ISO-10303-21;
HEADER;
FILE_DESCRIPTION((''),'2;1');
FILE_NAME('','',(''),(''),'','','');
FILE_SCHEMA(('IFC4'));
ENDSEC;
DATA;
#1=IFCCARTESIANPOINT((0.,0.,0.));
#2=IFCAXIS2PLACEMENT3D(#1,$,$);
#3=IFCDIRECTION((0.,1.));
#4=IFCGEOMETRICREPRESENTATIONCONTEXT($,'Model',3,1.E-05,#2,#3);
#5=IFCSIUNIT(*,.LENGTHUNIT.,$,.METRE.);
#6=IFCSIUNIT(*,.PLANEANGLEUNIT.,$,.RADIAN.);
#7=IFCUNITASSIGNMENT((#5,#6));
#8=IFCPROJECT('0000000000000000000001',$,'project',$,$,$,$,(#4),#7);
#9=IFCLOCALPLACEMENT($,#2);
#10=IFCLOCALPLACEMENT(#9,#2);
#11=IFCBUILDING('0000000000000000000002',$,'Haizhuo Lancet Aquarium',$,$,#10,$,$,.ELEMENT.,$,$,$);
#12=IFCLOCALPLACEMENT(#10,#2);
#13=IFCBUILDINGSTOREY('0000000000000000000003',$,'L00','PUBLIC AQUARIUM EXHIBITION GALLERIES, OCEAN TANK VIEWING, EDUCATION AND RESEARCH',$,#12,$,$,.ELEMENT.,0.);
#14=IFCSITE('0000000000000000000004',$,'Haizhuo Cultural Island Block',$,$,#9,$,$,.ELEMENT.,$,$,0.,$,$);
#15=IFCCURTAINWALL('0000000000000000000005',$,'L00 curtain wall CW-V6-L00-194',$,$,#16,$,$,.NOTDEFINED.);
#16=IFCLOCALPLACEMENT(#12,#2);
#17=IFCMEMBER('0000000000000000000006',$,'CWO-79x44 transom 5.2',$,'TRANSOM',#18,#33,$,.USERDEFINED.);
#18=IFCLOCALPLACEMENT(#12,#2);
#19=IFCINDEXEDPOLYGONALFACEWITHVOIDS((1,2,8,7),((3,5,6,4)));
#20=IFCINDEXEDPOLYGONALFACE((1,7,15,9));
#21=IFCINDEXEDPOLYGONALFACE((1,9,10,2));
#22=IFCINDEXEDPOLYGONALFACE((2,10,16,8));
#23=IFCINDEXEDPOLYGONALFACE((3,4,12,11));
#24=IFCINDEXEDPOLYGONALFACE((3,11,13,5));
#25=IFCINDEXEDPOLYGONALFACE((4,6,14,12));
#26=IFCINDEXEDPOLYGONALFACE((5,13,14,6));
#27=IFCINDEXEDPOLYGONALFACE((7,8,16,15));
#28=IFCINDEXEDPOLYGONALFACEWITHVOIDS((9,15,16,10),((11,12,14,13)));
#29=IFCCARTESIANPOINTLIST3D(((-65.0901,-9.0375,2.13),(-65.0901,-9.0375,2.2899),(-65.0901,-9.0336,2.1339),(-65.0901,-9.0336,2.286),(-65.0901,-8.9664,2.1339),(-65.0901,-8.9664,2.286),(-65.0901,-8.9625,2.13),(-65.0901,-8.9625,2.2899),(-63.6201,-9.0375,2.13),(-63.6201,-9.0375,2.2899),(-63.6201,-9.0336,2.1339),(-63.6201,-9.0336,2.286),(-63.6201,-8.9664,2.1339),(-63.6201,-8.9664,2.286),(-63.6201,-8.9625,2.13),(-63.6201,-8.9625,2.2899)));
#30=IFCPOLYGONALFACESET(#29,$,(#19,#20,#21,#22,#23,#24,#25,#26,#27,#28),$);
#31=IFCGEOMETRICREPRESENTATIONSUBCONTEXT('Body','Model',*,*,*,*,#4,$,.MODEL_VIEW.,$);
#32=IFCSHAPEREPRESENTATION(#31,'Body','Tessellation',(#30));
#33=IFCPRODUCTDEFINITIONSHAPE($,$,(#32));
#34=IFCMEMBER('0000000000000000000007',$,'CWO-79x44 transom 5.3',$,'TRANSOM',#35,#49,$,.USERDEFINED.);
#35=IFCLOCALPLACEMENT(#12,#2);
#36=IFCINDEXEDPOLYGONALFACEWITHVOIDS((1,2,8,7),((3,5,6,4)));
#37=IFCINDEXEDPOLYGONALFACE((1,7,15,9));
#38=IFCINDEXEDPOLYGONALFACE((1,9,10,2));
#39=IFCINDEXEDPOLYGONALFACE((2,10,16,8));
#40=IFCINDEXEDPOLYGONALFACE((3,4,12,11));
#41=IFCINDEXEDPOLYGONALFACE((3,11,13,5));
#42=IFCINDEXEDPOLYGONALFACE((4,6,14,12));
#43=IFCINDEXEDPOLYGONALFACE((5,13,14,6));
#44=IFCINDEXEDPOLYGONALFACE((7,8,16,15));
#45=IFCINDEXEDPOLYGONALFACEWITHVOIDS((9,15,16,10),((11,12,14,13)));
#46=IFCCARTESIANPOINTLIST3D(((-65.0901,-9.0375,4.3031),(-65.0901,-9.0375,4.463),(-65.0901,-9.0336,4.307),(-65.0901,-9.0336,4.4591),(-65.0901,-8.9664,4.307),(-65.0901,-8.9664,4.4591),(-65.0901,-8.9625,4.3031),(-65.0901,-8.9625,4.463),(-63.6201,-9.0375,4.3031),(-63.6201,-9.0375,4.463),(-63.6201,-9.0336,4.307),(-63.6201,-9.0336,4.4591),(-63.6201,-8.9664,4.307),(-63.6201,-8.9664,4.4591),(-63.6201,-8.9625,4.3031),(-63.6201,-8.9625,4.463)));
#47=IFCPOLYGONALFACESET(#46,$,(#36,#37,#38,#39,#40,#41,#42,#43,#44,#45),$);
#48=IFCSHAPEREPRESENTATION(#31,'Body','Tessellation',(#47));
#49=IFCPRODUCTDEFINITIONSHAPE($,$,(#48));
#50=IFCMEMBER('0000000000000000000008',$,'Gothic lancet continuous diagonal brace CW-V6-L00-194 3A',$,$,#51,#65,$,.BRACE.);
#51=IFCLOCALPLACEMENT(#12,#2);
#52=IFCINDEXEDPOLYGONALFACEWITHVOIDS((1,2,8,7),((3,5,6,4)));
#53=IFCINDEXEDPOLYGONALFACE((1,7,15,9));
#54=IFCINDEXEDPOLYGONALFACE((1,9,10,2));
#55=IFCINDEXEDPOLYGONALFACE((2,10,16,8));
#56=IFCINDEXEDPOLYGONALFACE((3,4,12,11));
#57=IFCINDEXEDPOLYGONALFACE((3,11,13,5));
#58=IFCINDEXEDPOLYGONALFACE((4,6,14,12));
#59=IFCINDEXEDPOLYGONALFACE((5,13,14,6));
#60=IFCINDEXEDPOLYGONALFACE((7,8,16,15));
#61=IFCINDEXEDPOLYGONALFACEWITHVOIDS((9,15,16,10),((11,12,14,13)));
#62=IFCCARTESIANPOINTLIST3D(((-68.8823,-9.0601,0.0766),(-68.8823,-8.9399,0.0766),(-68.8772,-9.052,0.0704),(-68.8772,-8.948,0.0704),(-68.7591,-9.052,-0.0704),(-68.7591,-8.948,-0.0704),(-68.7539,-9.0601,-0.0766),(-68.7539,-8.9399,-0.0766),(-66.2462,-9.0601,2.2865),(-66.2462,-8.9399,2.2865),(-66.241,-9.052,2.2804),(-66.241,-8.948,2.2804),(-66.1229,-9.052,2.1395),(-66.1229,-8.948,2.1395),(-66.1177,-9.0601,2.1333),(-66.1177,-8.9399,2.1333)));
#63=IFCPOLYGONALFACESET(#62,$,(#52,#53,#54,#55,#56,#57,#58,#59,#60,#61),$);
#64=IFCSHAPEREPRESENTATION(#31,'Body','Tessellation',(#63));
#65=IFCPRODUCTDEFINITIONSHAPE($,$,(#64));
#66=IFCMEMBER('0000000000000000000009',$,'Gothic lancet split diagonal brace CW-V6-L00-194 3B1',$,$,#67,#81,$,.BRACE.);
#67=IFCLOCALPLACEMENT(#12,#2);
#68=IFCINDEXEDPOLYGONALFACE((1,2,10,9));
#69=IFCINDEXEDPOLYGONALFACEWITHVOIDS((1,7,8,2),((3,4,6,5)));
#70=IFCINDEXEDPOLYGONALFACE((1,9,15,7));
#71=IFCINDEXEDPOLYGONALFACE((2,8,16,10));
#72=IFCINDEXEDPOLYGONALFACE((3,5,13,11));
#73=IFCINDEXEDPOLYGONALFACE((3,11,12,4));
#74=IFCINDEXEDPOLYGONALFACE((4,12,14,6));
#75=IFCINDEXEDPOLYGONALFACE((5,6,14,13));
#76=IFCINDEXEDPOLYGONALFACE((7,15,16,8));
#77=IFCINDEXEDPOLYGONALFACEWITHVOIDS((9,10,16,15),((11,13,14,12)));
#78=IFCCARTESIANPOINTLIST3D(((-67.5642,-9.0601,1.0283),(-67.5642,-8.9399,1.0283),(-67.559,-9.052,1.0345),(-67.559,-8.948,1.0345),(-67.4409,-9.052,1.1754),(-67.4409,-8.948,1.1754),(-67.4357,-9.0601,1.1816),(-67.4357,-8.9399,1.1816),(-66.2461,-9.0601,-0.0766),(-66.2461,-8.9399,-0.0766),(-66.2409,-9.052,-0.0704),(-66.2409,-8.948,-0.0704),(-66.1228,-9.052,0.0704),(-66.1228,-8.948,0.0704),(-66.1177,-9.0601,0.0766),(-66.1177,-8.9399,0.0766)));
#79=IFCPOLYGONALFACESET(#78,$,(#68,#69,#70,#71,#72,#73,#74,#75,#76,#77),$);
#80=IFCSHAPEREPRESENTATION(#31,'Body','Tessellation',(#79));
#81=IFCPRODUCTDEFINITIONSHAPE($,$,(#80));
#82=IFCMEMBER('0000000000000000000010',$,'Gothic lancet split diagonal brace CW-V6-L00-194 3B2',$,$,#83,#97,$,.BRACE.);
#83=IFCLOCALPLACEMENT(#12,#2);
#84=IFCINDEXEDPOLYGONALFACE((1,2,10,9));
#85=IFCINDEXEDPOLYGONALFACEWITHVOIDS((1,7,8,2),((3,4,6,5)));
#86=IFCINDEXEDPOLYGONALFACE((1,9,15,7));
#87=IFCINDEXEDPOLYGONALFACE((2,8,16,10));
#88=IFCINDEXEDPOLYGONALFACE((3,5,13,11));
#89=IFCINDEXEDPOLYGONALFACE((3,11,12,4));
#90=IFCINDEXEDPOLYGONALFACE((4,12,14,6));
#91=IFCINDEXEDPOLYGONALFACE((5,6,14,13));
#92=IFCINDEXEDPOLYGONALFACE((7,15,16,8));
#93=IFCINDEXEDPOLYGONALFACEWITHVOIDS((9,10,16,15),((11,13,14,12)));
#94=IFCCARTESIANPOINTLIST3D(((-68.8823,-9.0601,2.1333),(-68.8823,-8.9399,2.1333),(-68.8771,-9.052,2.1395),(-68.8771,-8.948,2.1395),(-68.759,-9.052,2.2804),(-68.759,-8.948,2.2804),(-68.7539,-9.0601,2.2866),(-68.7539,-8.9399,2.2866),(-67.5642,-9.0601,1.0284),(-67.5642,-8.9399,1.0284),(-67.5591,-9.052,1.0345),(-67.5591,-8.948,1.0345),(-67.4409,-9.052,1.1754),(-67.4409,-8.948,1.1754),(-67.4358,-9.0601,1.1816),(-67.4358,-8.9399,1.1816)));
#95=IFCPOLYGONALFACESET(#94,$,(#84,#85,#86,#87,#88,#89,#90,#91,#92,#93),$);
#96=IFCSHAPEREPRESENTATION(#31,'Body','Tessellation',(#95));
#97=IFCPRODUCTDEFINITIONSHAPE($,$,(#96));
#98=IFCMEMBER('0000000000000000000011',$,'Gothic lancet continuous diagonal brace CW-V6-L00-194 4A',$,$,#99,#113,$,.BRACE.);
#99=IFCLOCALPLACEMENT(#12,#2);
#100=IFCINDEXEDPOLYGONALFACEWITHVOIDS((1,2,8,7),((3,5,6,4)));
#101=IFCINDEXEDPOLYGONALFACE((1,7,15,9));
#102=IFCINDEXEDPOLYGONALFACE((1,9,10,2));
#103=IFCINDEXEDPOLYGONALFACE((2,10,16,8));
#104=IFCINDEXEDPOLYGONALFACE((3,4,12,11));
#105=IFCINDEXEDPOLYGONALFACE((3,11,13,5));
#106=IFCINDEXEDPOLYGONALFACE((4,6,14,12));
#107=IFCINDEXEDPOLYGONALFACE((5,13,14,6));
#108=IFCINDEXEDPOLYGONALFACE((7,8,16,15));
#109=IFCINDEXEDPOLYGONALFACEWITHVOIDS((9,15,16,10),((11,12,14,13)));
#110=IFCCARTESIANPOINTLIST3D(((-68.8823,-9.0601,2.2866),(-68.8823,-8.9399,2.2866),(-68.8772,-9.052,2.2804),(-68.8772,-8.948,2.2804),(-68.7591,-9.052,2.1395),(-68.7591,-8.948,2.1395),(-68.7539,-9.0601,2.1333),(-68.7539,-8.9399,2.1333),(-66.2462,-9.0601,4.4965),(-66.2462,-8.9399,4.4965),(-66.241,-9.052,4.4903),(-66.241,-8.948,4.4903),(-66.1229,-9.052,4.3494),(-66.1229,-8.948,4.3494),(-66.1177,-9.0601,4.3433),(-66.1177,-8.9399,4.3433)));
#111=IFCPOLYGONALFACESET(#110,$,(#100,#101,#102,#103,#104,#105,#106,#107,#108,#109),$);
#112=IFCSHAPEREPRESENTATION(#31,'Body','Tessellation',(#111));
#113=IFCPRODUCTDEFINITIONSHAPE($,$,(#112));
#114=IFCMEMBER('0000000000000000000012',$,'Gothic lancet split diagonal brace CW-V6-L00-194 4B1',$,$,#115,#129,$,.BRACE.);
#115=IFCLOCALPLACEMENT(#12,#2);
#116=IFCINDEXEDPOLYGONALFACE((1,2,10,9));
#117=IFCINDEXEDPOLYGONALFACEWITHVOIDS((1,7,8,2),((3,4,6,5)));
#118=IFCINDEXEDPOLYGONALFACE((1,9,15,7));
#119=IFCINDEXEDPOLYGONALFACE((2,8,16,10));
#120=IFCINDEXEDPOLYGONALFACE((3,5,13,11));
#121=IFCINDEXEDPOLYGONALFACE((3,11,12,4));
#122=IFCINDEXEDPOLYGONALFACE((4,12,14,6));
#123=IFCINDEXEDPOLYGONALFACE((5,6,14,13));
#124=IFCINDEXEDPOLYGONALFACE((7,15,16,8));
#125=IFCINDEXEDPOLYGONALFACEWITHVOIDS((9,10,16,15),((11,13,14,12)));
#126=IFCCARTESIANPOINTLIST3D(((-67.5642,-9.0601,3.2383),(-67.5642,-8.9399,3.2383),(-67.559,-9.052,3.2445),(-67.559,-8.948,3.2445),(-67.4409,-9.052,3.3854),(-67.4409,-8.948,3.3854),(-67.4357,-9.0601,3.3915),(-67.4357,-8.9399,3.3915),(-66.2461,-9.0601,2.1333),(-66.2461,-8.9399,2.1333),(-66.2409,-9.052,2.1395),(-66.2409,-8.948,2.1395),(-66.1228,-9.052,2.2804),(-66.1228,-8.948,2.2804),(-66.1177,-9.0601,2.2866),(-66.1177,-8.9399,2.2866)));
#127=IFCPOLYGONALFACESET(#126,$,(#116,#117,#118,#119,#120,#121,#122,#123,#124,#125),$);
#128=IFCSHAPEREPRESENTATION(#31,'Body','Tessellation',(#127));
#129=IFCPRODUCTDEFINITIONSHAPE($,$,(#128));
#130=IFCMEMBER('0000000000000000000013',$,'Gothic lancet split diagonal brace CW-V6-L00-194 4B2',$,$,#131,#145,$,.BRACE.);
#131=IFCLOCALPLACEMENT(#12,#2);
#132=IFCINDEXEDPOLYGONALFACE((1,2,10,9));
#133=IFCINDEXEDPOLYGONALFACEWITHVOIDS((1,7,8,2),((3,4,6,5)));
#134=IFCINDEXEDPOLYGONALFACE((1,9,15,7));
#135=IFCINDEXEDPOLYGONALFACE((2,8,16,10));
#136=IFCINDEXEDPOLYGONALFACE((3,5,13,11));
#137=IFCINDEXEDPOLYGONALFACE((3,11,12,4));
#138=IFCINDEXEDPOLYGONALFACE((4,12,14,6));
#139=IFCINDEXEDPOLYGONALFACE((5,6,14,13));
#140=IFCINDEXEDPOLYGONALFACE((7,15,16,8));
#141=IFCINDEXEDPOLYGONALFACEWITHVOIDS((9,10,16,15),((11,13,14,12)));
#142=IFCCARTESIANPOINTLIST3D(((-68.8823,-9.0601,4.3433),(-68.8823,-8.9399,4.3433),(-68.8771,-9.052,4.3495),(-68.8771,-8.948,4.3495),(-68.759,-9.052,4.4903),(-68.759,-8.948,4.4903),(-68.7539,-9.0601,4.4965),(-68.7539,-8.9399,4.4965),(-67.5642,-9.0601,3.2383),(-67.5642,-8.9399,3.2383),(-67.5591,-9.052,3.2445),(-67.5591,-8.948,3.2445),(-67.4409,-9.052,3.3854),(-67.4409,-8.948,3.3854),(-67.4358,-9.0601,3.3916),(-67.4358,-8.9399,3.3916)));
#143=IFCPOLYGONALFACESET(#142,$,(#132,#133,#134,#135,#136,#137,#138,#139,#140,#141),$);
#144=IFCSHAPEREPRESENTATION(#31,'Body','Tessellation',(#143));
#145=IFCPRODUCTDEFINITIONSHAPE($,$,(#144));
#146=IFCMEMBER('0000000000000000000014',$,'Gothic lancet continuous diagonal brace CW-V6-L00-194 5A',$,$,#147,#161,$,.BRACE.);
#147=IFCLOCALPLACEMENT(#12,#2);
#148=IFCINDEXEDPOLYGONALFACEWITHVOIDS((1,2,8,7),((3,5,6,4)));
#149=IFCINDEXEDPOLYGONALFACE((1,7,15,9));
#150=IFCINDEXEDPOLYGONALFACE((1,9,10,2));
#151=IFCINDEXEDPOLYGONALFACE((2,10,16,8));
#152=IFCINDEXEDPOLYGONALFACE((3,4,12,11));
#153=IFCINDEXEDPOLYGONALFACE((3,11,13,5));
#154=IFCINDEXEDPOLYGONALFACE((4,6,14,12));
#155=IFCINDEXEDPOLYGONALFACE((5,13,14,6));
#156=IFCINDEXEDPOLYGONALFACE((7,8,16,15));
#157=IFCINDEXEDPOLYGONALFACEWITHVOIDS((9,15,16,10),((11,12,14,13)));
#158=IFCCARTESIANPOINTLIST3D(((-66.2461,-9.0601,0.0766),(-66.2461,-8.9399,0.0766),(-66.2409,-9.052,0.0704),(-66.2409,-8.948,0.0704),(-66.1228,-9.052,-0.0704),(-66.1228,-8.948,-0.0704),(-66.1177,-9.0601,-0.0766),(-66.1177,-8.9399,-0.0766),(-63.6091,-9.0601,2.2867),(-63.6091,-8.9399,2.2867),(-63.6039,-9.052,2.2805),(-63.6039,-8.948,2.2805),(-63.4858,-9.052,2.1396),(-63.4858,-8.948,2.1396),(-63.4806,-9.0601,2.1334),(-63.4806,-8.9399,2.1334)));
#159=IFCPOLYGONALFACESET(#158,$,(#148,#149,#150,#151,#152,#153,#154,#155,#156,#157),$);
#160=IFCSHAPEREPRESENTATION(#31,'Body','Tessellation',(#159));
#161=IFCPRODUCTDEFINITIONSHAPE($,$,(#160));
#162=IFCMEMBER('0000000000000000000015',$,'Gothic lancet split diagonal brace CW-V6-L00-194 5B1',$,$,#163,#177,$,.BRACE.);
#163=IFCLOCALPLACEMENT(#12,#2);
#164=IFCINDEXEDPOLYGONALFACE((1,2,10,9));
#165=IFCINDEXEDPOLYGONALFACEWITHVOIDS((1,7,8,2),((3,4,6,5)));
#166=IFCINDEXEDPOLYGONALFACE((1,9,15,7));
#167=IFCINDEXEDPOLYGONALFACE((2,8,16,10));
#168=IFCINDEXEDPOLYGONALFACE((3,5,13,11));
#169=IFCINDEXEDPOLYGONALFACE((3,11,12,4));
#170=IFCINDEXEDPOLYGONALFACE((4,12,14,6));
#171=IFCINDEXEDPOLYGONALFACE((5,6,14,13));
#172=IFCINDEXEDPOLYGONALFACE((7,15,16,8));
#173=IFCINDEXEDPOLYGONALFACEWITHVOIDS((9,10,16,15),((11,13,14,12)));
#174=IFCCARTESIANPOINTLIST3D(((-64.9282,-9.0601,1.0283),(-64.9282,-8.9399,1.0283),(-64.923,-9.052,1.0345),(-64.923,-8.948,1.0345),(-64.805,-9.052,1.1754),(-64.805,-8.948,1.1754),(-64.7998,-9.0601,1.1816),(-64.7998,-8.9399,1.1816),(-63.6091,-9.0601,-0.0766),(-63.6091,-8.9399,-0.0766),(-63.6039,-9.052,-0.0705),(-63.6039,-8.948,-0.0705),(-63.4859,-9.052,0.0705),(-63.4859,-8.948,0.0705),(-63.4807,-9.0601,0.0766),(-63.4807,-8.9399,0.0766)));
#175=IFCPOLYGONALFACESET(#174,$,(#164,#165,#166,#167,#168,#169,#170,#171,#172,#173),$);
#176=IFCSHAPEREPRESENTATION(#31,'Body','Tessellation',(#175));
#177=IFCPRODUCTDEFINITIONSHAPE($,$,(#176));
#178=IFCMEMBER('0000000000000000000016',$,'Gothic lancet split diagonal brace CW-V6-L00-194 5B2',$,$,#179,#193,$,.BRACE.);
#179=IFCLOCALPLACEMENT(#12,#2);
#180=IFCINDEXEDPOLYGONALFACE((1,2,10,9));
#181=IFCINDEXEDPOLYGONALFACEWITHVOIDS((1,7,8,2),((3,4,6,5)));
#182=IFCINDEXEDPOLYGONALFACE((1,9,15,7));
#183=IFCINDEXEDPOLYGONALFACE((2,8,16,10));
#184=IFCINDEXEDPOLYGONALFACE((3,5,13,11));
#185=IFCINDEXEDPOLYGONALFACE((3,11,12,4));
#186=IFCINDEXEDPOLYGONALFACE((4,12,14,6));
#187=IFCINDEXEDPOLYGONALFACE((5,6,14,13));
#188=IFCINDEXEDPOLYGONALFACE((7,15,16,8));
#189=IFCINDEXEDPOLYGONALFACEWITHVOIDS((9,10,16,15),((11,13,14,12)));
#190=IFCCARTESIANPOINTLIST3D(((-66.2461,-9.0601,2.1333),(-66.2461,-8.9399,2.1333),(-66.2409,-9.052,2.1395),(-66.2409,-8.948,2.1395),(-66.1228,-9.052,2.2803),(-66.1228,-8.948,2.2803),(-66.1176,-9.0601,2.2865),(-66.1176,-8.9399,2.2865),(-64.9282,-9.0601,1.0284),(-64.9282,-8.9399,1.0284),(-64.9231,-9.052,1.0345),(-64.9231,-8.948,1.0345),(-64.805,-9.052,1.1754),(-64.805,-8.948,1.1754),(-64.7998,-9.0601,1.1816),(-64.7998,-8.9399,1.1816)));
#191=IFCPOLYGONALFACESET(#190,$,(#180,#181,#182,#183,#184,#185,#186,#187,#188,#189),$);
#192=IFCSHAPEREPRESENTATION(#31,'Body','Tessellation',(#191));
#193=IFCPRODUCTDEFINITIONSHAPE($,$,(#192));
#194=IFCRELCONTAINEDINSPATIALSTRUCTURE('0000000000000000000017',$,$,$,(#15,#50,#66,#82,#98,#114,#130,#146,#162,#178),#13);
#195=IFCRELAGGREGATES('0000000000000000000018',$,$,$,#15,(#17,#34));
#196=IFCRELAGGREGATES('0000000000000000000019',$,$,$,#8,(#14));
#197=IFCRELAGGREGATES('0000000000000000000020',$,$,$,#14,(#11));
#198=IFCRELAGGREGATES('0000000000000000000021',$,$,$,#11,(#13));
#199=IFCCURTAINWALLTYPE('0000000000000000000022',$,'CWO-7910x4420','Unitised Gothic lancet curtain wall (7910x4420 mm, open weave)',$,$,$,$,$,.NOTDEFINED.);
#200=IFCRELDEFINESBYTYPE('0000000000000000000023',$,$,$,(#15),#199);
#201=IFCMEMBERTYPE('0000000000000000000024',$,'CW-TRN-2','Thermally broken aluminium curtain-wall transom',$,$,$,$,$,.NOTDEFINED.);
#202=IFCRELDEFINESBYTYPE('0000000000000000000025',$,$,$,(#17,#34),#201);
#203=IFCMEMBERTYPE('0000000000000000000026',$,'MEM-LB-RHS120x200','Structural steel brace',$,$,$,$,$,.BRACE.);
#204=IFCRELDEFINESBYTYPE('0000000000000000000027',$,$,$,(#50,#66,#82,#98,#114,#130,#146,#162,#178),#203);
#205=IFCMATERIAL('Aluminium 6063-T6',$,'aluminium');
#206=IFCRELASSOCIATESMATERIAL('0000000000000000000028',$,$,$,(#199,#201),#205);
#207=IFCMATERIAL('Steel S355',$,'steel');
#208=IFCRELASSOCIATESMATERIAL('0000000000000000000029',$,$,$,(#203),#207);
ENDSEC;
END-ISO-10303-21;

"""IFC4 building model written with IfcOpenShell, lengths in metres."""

from ifc_helpers import new_model, si_unit, direction, frame, origin, origin_2d, place, context, subcontext, project, spatial, hollow_rectangle, extrude, material, material_profile, profile_set, type_object, element, aggregate, save


model = new_model("IFC4")

# Units and contexts
model_context = context("Model", 3, precision=1e-05, world=origin(), true_north=direction((0.0, 1.0)))
body_context = subcontext(model_context, "Body", "Model", "MODEL_VIEW")
ifc_project = project(units=[si_unit("LENGTHUNIT", "METRE"), si_unit("PLANEANGLEUNIT", "RADIAN")], contexts=[model_context])

# Site, building, storey
site_placement = place(None, origin())
site = spatial("IfcSite", under=ifc_project, at=site_placement, Name="Haizhuo Cultural Island Block", CompositionType="ELEMENT", RefElevation=0.0)
building_placement = place(site_placement, origin())
building = spatial("IfcBuilding", under=site, at=building_placement, Name="Haizhuo Lancet Aquarium", CompositionType="ELEMENT")
storey_placement = place(building_placement, origin())
storey = spatial("IfcBuildingStorey", under=building, at=storey_placement, Name="L00", Description="PUBLIC AQUARIUM EXHIBITION GALLERIES, OCEAN TANK VIEWING, EDUCATION AND RESEARCH", CompositionType="ELEMENT", Elevation=0.0)

# Curtain wall, members
ifc_material_1 = material(Name="Aluminium 6063-T6", Category="aluminium")
curtain_wall_type = type_object("IfcCurtainWallType", Name="CWO-7910x4420", Description="Unitised Gothic lancet curtain wall (7910x4420 mm, open weave)", PredefinedType="NOTDEFINED", material=ifc_material_1)
curtain_wall_placement = place(storey_placement, origin())
curtain_wall = element("IfcCurtainWall", 1, at=curtain_wall_placement, inside=storey, type_object=curtain_wall_type, Name="L00 curtain wall CW-V6-L00-194", PredefinedType="NOTDEFINED")
ifc_material_profile_1 = material_profile(ifc_material_1, hollow_rectangle(XDim=0.075, YDim=0.1599, WallThickness=0.0039, at=origin_2d()), Name="ALU-T 75x160x4")
ifc_profile_set_1 = profile_set([ifc_material_profile_1], Name="Aluminium 6063-T6")
member_type_1 = type_object("IfcMemberType", Name="CW-TRN-2", Description="Thermally broken aluminium curtain-wall transom", PredefinedType="NOTDEFINED", material=ifc_profile_set_1)
member_1_placement = place(storey_placement, frame((-65.0901, -9.0, 2.21), z_axis=(1.0, 0.0, 0.0), x_axis=(0.0, 1.0, 0.0)))
member_1 = element("IfcMember", 2, at=member_1_placement, type_object=member_type_1, Name="CWO-79x44 transom 5.2", ObjectType="TRANSOM", PredefinedType="USERDEFINED", context=body_context, shape_type="SweptSolid", body=[
    extrude(hollow_rectangle(XDim=0.075, YDim=0.1599, WallThickness=0.0039, at=origin_2d()), origin(), (0.0, 0.0, 1.0), 1.47),
])
member_2_placement = place(storey_placement, frame((-65.0901, -9.0, 4.3831), z_axis=(1.0, 0.0, 0.0), x_axis=(0.0, 1.0, 0.0)))
member_2 = element("IfcMember", 3, at=member_2_placement, type_object=member_type_1, Name="CWO-79x44 transom 5.3", ObjectType="TRANSOM", PredefinedType="USERDEFINED", context=body_context, shape_type="SweptSolid", body=[
    extrude(hollow_rectangle(XDim=0.075, YDim=0.1599, WallThickness=0.0039, at=origin_2d()), origin(), (0.0, 0.0, 1.0), 1.47),
])

# Members
ifc_material_2 = material(Name="Steel S355", Category="steel")
ifc_material_profile_2 = material_profile(ifc_material_2, hollow_rectangle(XDim=0.1201, YDim=0.2, WallThickness=0.0081, at=origin_2d()), Name="RHS 120x200x8")
ifc_profile_set_2 = profile_set([ifc_material_profile_2], Name="Steel S355")
member_type_2 = type_object("IfcMemberType", Name="MEM-LB-RHS120x200", Description="Structural steel brace", PredefinedType="BRACE", material=ifc_profile_set_2)
member_3_placement = place(storey_placement, frame((-68.8181, -9.0, 0.0), z_axis=(0.766345, 0.0, 0.642429), x_axis=(0.0, 1.0, 0.0)))
element("IfcMember", 4, at=member_3_placement, inside=storey, type_object=member_type_2, Name="Gothic lancet continuous diagonal brace CW-V6-L00-194 3A", PredefinedType="BRACE", context=body_context, shape_type="SweptSolid", body=[
    extrude(hollow_rectangle(XDim=0.1201, YDim=0.2, WallThickness=0.0081, at=origin_2d()), origin(), (0.0, 0.0, 1.0), 3.4399),
])
for number, where, z_axis, x_axis, name in (
    (5, (-66.1819, -9.0, 0.0), (-0.766345, 0.0, 0.642429), (0.0, -1.0, 0.0), "Gothic lancet split diagonal brace CW-V6-L00-194 3B1"),
    (6, (-67.5, -9.0, 1.105), (-0.766345, 0.0, 0.642429), (0.0, -1.0, 0.0), "Gothic lancet split diagonal brace CW-V6-L00-194 3B2"),
):
    element("IfcMember", number, at=place(storey_placement, frame(where, z_axis=z_axis, x_axis=x_axis)), inside=storey, type_object=member_type_2, Name=name, PredefinedType="BRACE", context=body_context, shape_type="SweptSolid", body=[
        extrude(hollow_rectangle(XDim=0.1201, YDim=0.2, WallThickness=0.0081, at=origin_2d()), origin(), (0.0, 0.0, 1.0), 1.72),
    ])
member_4_placement = place(storey_placement, frame((-68.8181, -9.0, 2.21), z_axis=(0.766345, 0.0, 0.642429), x_axis=(0.0, 1.0, 0.0)))
element("IfcMember", 7, at=member_4_placement, inside=storey, type_object=member_type_2, Name="Gothic lancet continuous diagonal brace CW-V6-L00-194 4A", PredefinedType="BRACE", context=body_context, shape_type="SweptSolid", body=[
    extrude(hollow_rectangle(XDim=0.1201, YDim=0.2, WallThickness=0.0081, at=origin_2d()), origin(), (0.0, 0.0, 1.0), 3.4399),
])
for number, where, z_axis, x_axis, name in (
    (8, (-66.1819, -9.0, 2.21), (-0.766345, 0.0, 0.642429), (0.0, -1.0, 0.0), "Gothic lancet split diagonal brace CW-V6-L00-194 4B1"),
    (9, (-67.5, -9.0, 3.3149), (-0.766345, 0.0, 0.642429), (0.0, -1.0, 0.0), "Gothic lancet split diagonal brace CW-V6-L00-194 4B2"),
):
    element("IfcMember", number, at=place(storey_placement, frame(where, z_axis=z_axis, x_axis=x_axis)), inside=storey, type_object=member_type_2, Name=name, PredefinedType="BRACE", context=body_context, shape_type="SweptSolid", body=[
        extrude(hollow_rectangle(XDim=0.1201, YDim=0.2, WallThickness=0.0081, at=origin_2d()), origin(), (0.0, 0.0, 1.0), 1.72),
    ])
member_5_placement = place(storey_placement, frame((-66.1819, -9.0, 0.0), z_axis=(0.766433, 0.0, 0.642325), x_axis=(0.0, 1.0, 0.0)))
element("IfcMember", 10, at=member_5_placement, inside=storey, type_object=member_type_2, Name="Gothic lancet continuous diagonal brace CW-V6-L00-194 5A", PredefinedType="BRACE", context=body_context, shape_type="SweptSolid", body=[
    extrude(hollow_rectangle(XDim=0.1201, YDim=0.2, WallThickness=0.0081, at=origin_2d()), origin(), (0.0, 0.0, 1.0), 3.4407),
])
member_6_placement = place(storey_placement, frame((-63.5449, -9.0, 0.0), z_axis=(-0.766579, 0.0, 0.64215), x_axis=(0.0, -1.0, 0.0)))
element("IfcMember", 11, at=member_6_placement, inside=storey, type_object=member_type_2, Name="Gothic lancet split diagonal brace CW-V6-L00-194 5B1", PredefinedType="BRACE", context=body_context, shape_type="SweptSolid", body=[
    extrude(hollow_rectangle(XDim=0.1201, YDim=0.2, WallThickness=0.0081, at=origin_2d()), origin(), (0.0, 0.0, 1.0), 1.7207),
])
member_7_placement = place(storey_placement, frame((-64.864, -9.0, 1.105), z_axis=(-0.766286, 0.0, 0.642499), x_axis=(0.0, -1.0, 0.0)))
element("IfcMember", 12, at=member_7_placement, inside=storey, type_object=member_type_2, Name="Gothic lancet split diagonal brace CW-V6-L00-194 5B2", PredefinedType="BRACE", context=body_context, shape_type="SweptSolid", body=[
    extrude(hollow_rectangle(XDim=0.1201, YDim=0.2, WallThickness=0.0081, at=origin_2d()), origin(), (0.0, 0.0, 1.0), 1.7197),
])

aggregate(curtain_wall, [member_1, member_2])

save(model, "model.ifc")
